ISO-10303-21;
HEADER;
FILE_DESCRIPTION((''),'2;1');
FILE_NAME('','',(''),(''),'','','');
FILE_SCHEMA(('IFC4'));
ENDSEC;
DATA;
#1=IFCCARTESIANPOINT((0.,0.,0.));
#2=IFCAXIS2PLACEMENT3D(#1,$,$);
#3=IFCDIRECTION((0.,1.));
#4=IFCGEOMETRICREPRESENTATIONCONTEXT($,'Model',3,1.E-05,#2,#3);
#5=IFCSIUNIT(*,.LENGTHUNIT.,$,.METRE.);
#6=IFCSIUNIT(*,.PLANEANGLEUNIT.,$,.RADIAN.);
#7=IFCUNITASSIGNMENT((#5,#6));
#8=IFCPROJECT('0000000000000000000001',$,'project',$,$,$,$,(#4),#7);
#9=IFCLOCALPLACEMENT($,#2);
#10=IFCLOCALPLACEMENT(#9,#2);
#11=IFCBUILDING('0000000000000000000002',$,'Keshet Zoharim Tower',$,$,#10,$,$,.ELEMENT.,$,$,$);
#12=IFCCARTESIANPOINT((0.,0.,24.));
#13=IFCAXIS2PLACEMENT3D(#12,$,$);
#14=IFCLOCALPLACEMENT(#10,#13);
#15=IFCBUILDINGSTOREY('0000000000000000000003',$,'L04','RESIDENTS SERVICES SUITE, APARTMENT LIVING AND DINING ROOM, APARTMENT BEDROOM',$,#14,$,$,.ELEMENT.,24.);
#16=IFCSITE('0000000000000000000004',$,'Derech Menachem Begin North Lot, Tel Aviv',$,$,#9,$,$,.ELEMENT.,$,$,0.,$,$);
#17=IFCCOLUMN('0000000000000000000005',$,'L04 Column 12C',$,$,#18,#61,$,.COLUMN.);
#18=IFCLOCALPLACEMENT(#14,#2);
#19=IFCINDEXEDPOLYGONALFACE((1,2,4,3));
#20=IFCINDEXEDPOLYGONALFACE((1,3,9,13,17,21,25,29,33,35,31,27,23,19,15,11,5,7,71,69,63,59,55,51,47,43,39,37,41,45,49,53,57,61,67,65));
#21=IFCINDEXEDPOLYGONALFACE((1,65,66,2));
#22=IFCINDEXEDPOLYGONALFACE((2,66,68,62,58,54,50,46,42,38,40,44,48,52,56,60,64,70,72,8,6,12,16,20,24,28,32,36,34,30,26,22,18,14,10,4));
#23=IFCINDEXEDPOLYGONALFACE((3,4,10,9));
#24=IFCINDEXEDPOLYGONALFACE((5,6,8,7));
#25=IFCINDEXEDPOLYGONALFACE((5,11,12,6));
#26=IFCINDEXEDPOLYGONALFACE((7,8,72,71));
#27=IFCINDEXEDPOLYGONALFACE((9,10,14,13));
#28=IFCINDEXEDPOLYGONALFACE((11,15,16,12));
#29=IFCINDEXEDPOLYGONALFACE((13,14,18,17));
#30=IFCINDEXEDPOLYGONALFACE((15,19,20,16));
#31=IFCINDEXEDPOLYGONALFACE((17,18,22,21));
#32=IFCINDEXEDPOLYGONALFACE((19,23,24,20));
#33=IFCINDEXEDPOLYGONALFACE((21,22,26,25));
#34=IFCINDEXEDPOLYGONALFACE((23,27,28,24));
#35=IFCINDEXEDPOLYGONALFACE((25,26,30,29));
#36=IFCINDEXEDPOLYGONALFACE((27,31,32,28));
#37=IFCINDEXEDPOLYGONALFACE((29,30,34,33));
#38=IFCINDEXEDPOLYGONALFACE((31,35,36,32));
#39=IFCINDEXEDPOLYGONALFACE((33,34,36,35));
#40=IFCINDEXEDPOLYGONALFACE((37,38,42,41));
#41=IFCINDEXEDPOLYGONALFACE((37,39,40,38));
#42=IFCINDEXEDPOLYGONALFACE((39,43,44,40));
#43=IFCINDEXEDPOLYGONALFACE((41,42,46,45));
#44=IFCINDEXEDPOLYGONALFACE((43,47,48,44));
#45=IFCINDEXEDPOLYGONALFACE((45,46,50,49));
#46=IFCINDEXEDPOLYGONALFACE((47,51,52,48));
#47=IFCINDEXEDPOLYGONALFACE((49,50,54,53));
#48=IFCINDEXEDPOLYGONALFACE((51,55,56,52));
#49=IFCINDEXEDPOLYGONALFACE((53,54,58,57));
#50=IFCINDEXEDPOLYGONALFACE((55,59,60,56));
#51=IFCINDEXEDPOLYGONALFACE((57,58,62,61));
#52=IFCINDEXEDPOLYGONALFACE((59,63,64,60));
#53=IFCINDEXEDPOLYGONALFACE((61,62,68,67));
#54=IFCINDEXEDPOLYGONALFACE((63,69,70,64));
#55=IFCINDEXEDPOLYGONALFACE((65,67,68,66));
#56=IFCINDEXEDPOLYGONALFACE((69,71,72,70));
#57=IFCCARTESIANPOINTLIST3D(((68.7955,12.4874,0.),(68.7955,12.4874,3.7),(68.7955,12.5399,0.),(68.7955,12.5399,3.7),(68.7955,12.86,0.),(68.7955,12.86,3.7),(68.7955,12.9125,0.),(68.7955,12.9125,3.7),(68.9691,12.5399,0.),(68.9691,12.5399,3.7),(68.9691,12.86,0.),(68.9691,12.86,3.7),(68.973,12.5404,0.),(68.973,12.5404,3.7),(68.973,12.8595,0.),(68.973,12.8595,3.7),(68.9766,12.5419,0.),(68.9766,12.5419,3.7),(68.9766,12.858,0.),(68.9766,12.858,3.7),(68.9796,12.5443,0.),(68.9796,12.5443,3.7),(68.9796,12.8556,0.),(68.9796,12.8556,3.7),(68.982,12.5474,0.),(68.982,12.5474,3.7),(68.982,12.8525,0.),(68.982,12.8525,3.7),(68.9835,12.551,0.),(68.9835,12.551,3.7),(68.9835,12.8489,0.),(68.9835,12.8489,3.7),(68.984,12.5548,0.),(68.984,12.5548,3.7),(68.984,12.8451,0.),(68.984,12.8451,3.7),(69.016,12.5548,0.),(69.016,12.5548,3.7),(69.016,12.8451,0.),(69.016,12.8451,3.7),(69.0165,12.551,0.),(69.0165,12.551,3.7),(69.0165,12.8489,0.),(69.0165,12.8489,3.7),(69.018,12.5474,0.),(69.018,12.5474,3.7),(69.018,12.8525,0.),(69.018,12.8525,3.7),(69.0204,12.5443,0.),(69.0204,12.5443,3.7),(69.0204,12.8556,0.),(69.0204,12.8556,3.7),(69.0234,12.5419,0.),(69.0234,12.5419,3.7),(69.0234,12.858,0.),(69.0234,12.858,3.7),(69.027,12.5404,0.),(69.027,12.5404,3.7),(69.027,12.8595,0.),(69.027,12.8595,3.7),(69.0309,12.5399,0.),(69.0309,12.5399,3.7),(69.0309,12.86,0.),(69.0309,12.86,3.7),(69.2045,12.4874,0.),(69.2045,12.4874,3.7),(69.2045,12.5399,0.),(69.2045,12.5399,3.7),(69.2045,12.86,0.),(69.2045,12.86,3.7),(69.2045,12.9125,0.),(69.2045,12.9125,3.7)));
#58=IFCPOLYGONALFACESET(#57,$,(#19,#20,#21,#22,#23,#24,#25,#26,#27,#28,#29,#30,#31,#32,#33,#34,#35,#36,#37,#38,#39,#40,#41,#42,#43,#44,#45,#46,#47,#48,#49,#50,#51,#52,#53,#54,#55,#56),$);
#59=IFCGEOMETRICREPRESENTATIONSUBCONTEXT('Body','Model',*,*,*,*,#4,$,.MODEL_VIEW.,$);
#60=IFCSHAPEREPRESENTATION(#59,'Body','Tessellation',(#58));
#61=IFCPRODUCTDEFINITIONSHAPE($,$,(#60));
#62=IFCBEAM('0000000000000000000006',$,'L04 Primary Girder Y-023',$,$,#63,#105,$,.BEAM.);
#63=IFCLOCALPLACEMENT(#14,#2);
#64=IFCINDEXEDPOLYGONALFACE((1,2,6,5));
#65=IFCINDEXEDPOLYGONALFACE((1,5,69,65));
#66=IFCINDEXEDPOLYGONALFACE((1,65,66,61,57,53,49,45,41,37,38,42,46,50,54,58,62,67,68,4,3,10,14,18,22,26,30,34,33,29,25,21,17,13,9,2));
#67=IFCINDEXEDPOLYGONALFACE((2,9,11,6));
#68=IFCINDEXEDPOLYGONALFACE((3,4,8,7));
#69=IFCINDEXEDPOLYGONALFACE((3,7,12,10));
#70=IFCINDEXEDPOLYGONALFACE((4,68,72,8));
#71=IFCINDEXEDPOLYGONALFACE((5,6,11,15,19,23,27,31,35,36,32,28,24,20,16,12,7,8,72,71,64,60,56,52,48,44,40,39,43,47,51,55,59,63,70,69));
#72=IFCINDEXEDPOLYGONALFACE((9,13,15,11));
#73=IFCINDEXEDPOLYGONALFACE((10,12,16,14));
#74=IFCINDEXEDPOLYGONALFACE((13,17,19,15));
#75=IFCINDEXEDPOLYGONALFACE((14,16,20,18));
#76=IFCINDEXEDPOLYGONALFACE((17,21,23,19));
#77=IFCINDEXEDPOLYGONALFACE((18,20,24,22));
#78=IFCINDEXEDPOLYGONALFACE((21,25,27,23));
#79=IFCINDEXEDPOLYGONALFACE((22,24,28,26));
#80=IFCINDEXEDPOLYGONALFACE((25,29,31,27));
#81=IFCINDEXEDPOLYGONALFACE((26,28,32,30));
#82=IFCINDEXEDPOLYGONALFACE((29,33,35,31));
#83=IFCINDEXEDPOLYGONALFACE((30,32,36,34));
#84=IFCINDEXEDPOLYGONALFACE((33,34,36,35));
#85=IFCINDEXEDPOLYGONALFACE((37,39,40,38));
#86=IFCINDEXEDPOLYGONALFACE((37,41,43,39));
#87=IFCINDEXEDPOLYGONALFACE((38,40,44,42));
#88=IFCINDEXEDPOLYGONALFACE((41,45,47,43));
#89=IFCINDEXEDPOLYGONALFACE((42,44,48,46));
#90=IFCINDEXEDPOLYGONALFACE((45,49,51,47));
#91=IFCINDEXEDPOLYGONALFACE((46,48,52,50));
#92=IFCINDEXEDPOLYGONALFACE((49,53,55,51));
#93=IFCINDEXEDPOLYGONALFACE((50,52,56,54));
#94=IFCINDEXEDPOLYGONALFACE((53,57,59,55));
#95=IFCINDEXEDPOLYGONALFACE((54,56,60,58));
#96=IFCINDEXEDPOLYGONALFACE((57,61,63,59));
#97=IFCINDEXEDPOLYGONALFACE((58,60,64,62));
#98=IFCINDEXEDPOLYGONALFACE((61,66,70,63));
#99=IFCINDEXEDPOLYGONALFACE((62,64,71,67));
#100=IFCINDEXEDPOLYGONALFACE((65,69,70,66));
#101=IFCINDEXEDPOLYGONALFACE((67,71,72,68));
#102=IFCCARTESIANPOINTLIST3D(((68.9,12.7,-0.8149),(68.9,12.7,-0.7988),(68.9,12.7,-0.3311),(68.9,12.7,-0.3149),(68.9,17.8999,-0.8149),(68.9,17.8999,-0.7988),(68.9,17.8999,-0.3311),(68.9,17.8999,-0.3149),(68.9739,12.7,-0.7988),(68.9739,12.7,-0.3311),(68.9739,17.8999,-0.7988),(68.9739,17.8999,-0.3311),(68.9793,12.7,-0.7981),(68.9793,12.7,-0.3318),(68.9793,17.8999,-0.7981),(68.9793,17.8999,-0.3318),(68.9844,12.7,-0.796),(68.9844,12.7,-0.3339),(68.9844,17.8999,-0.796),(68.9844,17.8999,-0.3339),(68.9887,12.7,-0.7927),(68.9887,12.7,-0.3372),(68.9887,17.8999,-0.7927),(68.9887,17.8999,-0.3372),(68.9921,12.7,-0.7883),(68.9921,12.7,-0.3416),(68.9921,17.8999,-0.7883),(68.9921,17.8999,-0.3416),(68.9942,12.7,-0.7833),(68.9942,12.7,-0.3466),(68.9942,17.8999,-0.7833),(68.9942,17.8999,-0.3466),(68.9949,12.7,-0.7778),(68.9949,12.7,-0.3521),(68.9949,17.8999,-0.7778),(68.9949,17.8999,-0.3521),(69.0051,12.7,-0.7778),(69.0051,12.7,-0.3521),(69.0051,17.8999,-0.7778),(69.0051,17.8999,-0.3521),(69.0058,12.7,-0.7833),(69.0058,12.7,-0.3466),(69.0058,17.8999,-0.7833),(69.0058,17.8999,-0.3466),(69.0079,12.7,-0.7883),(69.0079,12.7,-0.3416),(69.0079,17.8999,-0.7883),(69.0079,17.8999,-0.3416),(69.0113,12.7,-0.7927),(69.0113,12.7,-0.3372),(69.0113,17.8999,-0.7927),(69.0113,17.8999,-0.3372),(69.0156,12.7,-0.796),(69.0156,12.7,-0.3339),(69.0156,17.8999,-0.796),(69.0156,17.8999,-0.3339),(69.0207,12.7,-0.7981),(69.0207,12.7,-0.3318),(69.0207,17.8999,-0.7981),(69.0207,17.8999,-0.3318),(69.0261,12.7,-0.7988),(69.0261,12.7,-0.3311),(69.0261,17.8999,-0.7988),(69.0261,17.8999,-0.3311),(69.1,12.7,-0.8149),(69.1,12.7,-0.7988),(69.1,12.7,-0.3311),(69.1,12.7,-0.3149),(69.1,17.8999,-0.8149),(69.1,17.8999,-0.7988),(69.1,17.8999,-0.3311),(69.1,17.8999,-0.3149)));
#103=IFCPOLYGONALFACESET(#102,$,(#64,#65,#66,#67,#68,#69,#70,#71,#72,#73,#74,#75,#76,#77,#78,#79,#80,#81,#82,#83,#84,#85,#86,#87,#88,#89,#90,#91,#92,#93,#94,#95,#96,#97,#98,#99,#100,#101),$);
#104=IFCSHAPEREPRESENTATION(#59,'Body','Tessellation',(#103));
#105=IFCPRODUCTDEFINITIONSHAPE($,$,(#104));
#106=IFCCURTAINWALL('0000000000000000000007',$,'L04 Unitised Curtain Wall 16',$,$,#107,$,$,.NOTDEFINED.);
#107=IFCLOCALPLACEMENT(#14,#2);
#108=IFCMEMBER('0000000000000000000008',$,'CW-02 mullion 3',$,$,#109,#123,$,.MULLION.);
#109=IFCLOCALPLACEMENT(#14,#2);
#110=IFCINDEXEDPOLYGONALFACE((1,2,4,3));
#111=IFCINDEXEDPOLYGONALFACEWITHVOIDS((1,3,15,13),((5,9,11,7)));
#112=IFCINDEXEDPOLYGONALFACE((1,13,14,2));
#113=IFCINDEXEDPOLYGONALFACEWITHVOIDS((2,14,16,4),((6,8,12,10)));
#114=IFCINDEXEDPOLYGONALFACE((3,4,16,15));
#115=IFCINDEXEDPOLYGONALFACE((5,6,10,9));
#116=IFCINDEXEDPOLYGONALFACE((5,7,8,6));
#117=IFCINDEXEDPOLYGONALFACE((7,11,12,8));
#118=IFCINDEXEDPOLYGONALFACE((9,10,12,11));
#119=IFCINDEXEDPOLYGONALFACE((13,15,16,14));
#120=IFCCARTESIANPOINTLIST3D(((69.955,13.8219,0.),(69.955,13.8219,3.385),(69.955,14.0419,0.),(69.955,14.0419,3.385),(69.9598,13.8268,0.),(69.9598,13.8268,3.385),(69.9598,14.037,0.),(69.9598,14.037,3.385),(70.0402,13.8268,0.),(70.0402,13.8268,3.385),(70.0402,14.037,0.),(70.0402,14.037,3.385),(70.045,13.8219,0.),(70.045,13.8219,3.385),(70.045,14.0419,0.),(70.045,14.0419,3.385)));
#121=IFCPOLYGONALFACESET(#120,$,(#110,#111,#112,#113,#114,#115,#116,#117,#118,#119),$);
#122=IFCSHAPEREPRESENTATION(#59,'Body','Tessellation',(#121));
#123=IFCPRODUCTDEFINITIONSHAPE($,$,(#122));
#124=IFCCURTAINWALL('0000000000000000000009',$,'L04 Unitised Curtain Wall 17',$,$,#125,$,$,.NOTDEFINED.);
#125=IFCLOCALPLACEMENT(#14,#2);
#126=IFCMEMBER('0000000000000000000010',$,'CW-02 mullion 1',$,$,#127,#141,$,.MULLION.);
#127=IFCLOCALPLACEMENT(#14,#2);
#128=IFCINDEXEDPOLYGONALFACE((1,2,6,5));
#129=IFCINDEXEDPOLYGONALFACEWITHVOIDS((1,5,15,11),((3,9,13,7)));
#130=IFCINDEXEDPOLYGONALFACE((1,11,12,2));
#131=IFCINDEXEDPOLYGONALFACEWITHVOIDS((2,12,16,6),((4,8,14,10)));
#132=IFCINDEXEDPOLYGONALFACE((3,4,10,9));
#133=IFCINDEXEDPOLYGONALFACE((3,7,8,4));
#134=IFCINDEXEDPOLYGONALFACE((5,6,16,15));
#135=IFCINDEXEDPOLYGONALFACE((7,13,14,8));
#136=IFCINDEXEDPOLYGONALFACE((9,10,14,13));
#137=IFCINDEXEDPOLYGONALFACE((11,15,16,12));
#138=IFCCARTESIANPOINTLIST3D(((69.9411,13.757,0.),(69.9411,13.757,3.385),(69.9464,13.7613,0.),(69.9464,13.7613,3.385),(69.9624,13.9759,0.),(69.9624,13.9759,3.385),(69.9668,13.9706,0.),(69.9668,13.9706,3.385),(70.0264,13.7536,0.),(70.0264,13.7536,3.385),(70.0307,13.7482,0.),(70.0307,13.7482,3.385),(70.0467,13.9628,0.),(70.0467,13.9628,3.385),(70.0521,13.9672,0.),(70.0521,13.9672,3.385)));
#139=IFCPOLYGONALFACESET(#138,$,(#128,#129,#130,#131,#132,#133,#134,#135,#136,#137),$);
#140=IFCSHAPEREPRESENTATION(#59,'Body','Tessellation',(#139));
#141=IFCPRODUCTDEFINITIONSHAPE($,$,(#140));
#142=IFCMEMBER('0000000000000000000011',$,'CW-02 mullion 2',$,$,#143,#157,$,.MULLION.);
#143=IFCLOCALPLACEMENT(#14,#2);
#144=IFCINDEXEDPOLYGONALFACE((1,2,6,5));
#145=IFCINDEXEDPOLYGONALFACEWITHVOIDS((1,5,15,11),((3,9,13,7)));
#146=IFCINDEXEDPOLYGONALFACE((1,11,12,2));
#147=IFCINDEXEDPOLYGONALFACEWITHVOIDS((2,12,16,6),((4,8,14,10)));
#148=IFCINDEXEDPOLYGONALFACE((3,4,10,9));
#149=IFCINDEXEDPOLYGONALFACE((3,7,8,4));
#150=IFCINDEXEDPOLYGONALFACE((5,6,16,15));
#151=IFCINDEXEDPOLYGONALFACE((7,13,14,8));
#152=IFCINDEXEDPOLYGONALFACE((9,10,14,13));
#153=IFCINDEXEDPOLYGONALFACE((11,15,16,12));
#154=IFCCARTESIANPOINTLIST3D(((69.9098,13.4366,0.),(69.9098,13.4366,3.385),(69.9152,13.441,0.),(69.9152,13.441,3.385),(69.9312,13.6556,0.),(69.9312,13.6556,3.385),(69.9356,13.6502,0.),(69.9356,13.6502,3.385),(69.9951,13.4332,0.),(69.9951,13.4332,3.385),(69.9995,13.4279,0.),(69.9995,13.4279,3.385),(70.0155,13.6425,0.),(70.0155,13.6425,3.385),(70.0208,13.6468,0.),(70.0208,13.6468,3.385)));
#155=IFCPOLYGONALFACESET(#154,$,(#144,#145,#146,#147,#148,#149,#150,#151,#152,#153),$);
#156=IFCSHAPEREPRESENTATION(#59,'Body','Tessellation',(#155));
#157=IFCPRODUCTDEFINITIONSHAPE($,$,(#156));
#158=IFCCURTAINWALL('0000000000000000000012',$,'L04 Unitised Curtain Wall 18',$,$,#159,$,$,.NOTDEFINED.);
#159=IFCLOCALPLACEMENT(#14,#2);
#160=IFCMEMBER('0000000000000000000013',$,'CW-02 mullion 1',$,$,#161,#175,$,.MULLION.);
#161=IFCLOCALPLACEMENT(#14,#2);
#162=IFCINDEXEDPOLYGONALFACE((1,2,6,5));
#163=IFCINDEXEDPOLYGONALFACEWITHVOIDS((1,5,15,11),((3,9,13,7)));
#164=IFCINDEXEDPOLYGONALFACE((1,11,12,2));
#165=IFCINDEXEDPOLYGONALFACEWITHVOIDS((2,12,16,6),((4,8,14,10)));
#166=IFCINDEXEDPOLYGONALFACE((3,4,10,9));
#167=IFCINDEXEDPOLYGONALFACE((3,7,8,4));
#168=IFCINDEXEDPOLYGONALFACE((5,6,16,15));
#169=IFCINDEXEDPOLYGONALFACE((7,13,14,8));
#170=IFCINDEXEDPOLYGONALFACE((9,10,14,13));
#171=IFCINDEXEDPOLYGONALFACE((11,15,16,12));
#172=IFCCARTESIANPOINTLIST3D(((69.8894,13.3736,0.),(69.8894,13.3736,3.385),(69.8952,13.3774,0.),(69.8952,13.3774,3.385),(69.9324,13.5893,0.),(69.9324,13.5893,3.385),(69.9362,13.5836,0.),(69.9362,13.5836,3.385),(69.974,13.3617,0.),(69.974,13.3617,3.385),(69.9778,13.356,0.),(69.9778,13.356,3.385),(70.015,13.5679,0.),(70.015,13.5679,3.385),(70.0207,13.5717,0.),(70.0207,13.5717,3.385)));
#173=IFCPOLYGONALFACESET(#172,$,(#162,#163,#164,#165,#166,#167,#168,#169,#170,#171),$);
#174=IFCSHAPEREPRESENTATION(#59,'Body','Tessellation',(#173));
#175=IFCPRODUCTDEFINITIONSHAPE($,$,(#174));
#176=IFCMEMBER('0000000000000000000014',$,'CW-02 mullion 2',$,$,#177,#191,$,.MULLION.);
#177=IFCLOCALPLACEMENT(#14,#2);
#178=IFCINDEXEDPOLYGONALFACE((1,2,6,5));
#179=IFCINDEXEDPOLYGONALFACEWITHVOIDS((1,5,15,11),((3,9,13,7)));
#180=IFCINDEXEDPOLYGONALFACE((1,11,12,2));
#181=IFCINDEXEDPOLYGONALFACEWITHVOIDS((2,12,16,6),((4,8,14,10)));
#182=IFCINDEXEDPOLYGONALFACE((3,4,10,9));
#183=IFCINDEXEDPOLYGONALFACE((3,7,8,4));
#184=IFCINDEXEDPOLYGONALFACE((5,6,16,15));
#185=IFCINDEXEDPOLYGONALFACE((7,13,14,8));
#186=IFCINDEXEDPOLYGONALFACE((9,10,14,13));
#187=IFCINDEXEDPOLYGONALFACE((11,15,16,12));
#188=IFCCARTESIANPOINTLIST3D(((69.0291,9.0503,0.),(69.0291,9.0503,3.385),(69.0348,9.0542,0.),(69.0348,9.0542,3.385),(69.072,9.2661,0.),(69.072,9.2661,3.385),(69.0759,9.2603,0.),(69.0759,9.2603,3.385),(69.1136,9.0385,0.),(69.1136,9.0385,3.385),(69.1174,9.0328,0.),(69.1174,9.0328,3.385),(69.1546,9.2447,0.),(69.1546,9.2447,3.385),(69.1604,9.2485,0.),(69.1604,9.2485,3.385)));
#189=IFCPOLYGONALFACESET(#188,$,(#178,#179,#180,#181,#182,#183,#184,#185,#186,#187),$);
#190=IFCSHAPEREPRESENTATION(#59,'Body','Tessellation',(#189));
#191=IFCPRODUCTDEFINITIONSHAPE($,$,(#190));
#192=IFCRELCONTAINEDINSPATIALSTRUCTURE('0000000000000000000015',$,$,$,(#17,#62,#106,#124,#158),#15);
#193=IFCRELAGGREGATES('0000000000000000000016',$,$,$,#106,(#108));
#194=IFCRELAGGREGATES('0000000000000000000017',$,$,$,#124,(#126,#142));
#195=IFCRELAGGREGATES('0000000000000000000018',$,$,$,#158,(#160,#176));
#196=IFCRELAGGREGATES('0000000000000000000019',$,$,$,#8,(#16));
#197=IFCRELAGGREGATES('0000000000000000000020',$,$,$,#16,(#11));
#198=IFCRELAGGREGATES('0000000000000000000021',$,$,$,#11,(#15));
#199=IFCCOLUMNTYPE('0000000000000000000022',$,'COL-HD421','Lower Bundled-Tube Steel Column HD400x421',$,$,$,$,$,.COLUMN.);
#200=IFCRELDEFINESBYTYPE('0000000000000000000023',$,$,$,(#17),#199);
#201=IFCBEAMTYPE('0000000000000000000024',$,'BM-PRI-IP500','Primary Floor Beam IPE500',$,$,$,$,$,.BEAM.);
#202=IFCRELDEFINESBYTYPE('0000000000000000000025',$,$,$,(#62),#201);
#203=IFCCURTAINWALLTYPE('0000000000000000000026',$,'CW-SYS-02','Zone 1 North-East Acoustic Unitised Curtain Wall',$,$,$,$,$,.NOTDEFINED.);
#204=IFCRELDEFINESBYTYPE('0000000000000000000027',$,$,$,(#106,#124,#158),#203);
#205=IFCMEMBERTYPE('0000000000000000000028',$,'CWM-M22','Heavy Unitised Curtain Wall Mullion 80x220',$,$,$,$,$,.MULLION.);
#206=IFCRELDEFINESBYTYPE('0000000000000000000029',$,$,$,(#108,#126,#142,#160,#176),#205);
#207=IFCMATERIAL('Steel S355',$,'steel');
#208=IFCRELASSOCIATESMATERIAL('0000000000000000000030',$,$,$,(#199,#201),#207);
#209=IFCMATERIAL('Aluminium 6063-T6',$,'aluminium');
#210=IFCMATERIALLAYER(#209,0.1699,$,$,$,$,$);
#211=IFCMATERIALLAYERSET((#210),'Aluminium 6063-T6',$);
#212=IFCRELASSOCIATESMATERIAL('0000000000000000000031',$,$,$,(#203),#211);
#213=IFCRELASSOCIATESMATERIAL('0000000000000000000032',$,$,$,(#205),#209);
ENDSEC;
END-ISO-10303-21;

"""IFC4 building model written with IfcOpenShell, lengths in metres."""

from ifc_helpers import new_model, si_unit, direction, frame, origin, origin_2d, place, context, subcontext, project, spatial, hollow_rectangle, i_section, extrude, material, layer, layer_set, material_profile, profile_set, type_object, element, aggregate, save


model = new_model("IFC4")

# Units and contexts
model_context = context("Model", 3, precision=1e-05, world=origin(), true_north=direction((0.0, 1.0)))
body_context = subcontext(model_context, "Body", "Model", "MODEL_VIEW")
ifc_project = project(units=[si_unit("LENGTHUNIT", "METRE"), si_unit("PLANEANGLEUNIT", "RADIAN")], contexts=[model_context])

# Site, building, storey
site_placement = place(None, origin())
site = spatial("IfcSite", under=ifc_project, at=site_placement, Name="Derech Menachem Begin North Lot, Tel Aviv", CompositionType="ELEMENT", RefElevation=0.0)
building_placement = place(site_placement, origin())
building = spatial("IfcBuilding", under=site, at=building_placement, Name="Keshet Zoharim Tower", CompositionType="ELEMENT")
storey_placement = place(building_placement, frame((0.0, 0.0, 24.0)))
storey = spatial("IfcBuildingStorey", under=building, at=storey_placement, Name="L04", Description="RESIDENTS SERVICES SUITE, APARTMENT LIVING AND DINING ROOM, APARTMENT BEDROOM", CompositionType="ELEMENT", Elevation=24.0)

# Column
ifc_material_1 = material(Name="Steel S355", Category="steel")
ifc_material_profile_1 = material_profile(ifc_material_1, i_section(OverallWidth=0.4089, OverallDepth=0.425, WebThickness=0.032, FlangeThickness=0.0525, FilletRadius=0.0149, at=origin_2d()), Name="HD400x421")
ifc_profile_set_1 = profile_set([ifc_material_profile_1], Name="Steel S355")
column_type = type_object("IfcColumnType", Name="COL-HD421", Description="Lower Bundled-Tube Steel Column HD400x421", PredefinedType="COLUMN", material=ifc_profile_set_1)
column_placement = place(storey_placement, frame((69.0, 12.7, 0.0), z_axis=(0.0, 0.0, 1.0), x_axis=(1.0, 0.0, 0.0)))
element("IfcColumn", 1, at=column_placement, inside=storey, type_object=column_type, Name="L04 Column 12C", PredefinedType="COLUMN", context=body_context, shape_type="SweptSolid", body=[
    extrude(i_section(OverallWidth=0.4089, OverallDepth=0.425, WebThickness=0.032, FlangeThickness=0.0525, FilletRadius=0.0149, at=origin_2d()), origin(), (0.0, 0.0, 1.0), 3.7),
])

# Beam
ifc_material_profile_2 = material_profile(ifc_material_1, i_section(OverallWidth=0.2, OverallDepth=0.5, WebThickness=0.0103, FlangeThickness=0.0161, FilletRadius=0.021, at=origin_2d()), Name="IPE500")
ifc_profile_set_2 = profile_set([ifc_material_profile_2], Name="Steel S355")
beam_type = type_object("IfcBeamType", Name="BM-PRI-IP500", Description="Primary Floor Beam IPE500", PredefinedType="BEAM", material=ifc_profile_set_2)
beam_placement = place(storey_placement, frame((69.0, 12.7, -0.5649), z_axis=(0.0, 1.0, 0.0), x_axis=(-1.0, 0.0, 0.0)))
element("IfcBeam", 2, at=beam_placement, inside=storey, type_object=beam_type, Name="L04 Primary Girder Y-023", PredefinedType="BEAM", context=body_context, shape_type="SweptSolid", body=[
    extrude(i_section(OverallWidth=0.2, OverallDepth=0.5, WebThickness=0.0103, FlangeThickness=0.0161, FilletRadius=0.021, at=origin_2d()), origin(), (0.0, 0.0, 1.0), 5.2),
])

# Curtain wall, member
ifc_material_2 = material(Name="Aluminium 6063-T6", Category="aluminium")
ifc_layer_1 = layer(ifc_material_2, 0.1699)
ifc_layer_set_1 = layer_set([ifc_layer_1], Name="Aluminium 6063-T6")
curtain_wall_type_1 = type_object("IfcCurtainWallType", Name="CW-SYS-02", Description="Zone 1 North-East Acoustic Unitised Curtain Wall", PredefinedType="NOTDEFINED", material=ifc_layer_set_1)
curtain_wall_1_placement = place(storey_placement, origin())
curtain_wall_1 = element("IfcCurtainWall", 3, at=curtain_wall_1_placement, inside=storey, type_object=curtain_wall_type_1, Name="L04 Unitised Curtain Wall 16", PredefinedType="NOTDEFINED")
ifc_material_profile_3 = material_profile(ifc_material_2, hollow_rectangle(XDim=0.0901, YDim=0.22, WallThickness=0.0049, at=origin_2d()), Name="MUL-90x220")
ifc_profile_set_3 = profile_set([ifc_material_profile_3], Name="Aluminium 6063-T6")
member_type_1 = type_object("IfcMemberType", Name="CWM-M22", Description="Heavy Unitised Curtain Wall Mullion 80x220", PredefinedType="MULLION", material=ifc_profile_set_3)
member_1_placement = place(storey_placement, frame((70.0, 13.9319, 0.0), z_axis=(0.0, 0.0, 1.0), x_axis=(1.0, 0.0, 0.0)))
member_1 = element("IfcMember", 4, at=member_1_placement, type_object=member_type_1, Name="CW-02 mullion 3", PredefinedType="MULLION", context=body_context, shape_type="SweptSolid", body=[
    extrude(hollow_rectangle(XDim=0.0901, YDim=0.22, WallThickness=0.0049, at=origin_2d()), origin(), (0.0, 0.0, 1.0), 3.385),
])
aggregate(curtain_wall_1, [member_1])

# Curtain walls, members
curtain_wall_2_placement = place(storey_placement, origin())
curtain_wall_2 = element("IfcCurtainWall", 5, at=curtain_wall_2_placement, inside=storey, type_object=curtain_wall_type_1, Name="L04 Unitised Curtain Wall 17", PredefinedType="NOTDEFINED")
member_2_placement = place(storey_placement, frame((69.9966, 13.8621, 0.0), z_axis=(0.0, 0.0, 1.0), x_axis=(0.995287, -0.096977, 0.0)))
member_2 = element("IfcMember", 6, at=member_2_placement, type_object=member_type_1, Name="CW-02 mullion 1", PredefinedType="MULLION", context=body_context, shape_type="SweptSolid", body=[
    extrude(hollow_rectangle(XDim=0.0901, YDim=0.22, WallThickness=0.0049, at=origin_2d()), origin(), (0.0, 0.0, 1.0), 3.385),
])
member_3_placement = place(storey_placement, frame((69.9653, 13.5417, 0.0), z_axis=(0.0, 0.0, 1.0), x_axis=(0.995287, -0.096977, 0.0)))
member_3 = element("IfcMember", 7, at=member_3_placement, type_object=member_type_1, Name="CW-02 mullion 2", PredefinedType="MULLION", context=body_context, shape_type="SweptSolid", body=[
    extrude(hollow_rectangle(XDim=0.0901, YDim=0.22, WallThickness=0.0049, at=origin_2d()), origin(), (0.0, 0.0, 1.0), 3.385),
])
curtain_wall_3_placement = place(storey_placement, origin())
curtain_wall_3 = element("IfcCurtainWall", 8, at=curtain_wall_3_placement, inside=storey, type_object=curtain_wall_type_1, Name="L04 Unitised Curtain Wall 18", PredefinedType="NOTDEFINED")
member_4_placement = place(storey_placement, frame((69.9551, 13.4727, 0.0), z_axis=(0.0, 0.0, 1.0), x_axis=(0.980769, -0.195171, 0.0)))
member_4 = element("IfcMember", 9, at=member_4_placement, type_object=member_type_1, Name="CW-02 mullion 1", PredefinedType="MULLION", context=body_context, shape_type="SweptSolid", body=[
    extrude(hollow_rectangle(XDim=0.0901, YDim=0.22, WallThickness=0.0049, at=origin_2d()), origin(), (0.0, 0.0, 1.0), 3.385),
])
member_5_placement = place(storey_placement, frame((69.0947, 9.1494, 0.0), z_axis=(0.0, 0.0, 1.0), x_axis=(0.980769, -0.195171, 0.0)))
member_5 = element("IfcMember", 10, at=member_5_placement, type_object=member_type_1, Name="CW-02 mullion 2", PredefinedType="MULLION", context=body_context, shape_type="SweptSolid", body=[
    extrude(hollow_rectangle(XDim=0.0901, YDim=0.22, WallThickness=0.0049, at=origin_2d()), origin(), (0.0, 0.0, 1.0), 3.385),
])

aggregate(curtain_wall_2, [member_2, member_3])
aggregate(curtain_wall_3, [member_4, member_5])

save(model, "model.ifc")
